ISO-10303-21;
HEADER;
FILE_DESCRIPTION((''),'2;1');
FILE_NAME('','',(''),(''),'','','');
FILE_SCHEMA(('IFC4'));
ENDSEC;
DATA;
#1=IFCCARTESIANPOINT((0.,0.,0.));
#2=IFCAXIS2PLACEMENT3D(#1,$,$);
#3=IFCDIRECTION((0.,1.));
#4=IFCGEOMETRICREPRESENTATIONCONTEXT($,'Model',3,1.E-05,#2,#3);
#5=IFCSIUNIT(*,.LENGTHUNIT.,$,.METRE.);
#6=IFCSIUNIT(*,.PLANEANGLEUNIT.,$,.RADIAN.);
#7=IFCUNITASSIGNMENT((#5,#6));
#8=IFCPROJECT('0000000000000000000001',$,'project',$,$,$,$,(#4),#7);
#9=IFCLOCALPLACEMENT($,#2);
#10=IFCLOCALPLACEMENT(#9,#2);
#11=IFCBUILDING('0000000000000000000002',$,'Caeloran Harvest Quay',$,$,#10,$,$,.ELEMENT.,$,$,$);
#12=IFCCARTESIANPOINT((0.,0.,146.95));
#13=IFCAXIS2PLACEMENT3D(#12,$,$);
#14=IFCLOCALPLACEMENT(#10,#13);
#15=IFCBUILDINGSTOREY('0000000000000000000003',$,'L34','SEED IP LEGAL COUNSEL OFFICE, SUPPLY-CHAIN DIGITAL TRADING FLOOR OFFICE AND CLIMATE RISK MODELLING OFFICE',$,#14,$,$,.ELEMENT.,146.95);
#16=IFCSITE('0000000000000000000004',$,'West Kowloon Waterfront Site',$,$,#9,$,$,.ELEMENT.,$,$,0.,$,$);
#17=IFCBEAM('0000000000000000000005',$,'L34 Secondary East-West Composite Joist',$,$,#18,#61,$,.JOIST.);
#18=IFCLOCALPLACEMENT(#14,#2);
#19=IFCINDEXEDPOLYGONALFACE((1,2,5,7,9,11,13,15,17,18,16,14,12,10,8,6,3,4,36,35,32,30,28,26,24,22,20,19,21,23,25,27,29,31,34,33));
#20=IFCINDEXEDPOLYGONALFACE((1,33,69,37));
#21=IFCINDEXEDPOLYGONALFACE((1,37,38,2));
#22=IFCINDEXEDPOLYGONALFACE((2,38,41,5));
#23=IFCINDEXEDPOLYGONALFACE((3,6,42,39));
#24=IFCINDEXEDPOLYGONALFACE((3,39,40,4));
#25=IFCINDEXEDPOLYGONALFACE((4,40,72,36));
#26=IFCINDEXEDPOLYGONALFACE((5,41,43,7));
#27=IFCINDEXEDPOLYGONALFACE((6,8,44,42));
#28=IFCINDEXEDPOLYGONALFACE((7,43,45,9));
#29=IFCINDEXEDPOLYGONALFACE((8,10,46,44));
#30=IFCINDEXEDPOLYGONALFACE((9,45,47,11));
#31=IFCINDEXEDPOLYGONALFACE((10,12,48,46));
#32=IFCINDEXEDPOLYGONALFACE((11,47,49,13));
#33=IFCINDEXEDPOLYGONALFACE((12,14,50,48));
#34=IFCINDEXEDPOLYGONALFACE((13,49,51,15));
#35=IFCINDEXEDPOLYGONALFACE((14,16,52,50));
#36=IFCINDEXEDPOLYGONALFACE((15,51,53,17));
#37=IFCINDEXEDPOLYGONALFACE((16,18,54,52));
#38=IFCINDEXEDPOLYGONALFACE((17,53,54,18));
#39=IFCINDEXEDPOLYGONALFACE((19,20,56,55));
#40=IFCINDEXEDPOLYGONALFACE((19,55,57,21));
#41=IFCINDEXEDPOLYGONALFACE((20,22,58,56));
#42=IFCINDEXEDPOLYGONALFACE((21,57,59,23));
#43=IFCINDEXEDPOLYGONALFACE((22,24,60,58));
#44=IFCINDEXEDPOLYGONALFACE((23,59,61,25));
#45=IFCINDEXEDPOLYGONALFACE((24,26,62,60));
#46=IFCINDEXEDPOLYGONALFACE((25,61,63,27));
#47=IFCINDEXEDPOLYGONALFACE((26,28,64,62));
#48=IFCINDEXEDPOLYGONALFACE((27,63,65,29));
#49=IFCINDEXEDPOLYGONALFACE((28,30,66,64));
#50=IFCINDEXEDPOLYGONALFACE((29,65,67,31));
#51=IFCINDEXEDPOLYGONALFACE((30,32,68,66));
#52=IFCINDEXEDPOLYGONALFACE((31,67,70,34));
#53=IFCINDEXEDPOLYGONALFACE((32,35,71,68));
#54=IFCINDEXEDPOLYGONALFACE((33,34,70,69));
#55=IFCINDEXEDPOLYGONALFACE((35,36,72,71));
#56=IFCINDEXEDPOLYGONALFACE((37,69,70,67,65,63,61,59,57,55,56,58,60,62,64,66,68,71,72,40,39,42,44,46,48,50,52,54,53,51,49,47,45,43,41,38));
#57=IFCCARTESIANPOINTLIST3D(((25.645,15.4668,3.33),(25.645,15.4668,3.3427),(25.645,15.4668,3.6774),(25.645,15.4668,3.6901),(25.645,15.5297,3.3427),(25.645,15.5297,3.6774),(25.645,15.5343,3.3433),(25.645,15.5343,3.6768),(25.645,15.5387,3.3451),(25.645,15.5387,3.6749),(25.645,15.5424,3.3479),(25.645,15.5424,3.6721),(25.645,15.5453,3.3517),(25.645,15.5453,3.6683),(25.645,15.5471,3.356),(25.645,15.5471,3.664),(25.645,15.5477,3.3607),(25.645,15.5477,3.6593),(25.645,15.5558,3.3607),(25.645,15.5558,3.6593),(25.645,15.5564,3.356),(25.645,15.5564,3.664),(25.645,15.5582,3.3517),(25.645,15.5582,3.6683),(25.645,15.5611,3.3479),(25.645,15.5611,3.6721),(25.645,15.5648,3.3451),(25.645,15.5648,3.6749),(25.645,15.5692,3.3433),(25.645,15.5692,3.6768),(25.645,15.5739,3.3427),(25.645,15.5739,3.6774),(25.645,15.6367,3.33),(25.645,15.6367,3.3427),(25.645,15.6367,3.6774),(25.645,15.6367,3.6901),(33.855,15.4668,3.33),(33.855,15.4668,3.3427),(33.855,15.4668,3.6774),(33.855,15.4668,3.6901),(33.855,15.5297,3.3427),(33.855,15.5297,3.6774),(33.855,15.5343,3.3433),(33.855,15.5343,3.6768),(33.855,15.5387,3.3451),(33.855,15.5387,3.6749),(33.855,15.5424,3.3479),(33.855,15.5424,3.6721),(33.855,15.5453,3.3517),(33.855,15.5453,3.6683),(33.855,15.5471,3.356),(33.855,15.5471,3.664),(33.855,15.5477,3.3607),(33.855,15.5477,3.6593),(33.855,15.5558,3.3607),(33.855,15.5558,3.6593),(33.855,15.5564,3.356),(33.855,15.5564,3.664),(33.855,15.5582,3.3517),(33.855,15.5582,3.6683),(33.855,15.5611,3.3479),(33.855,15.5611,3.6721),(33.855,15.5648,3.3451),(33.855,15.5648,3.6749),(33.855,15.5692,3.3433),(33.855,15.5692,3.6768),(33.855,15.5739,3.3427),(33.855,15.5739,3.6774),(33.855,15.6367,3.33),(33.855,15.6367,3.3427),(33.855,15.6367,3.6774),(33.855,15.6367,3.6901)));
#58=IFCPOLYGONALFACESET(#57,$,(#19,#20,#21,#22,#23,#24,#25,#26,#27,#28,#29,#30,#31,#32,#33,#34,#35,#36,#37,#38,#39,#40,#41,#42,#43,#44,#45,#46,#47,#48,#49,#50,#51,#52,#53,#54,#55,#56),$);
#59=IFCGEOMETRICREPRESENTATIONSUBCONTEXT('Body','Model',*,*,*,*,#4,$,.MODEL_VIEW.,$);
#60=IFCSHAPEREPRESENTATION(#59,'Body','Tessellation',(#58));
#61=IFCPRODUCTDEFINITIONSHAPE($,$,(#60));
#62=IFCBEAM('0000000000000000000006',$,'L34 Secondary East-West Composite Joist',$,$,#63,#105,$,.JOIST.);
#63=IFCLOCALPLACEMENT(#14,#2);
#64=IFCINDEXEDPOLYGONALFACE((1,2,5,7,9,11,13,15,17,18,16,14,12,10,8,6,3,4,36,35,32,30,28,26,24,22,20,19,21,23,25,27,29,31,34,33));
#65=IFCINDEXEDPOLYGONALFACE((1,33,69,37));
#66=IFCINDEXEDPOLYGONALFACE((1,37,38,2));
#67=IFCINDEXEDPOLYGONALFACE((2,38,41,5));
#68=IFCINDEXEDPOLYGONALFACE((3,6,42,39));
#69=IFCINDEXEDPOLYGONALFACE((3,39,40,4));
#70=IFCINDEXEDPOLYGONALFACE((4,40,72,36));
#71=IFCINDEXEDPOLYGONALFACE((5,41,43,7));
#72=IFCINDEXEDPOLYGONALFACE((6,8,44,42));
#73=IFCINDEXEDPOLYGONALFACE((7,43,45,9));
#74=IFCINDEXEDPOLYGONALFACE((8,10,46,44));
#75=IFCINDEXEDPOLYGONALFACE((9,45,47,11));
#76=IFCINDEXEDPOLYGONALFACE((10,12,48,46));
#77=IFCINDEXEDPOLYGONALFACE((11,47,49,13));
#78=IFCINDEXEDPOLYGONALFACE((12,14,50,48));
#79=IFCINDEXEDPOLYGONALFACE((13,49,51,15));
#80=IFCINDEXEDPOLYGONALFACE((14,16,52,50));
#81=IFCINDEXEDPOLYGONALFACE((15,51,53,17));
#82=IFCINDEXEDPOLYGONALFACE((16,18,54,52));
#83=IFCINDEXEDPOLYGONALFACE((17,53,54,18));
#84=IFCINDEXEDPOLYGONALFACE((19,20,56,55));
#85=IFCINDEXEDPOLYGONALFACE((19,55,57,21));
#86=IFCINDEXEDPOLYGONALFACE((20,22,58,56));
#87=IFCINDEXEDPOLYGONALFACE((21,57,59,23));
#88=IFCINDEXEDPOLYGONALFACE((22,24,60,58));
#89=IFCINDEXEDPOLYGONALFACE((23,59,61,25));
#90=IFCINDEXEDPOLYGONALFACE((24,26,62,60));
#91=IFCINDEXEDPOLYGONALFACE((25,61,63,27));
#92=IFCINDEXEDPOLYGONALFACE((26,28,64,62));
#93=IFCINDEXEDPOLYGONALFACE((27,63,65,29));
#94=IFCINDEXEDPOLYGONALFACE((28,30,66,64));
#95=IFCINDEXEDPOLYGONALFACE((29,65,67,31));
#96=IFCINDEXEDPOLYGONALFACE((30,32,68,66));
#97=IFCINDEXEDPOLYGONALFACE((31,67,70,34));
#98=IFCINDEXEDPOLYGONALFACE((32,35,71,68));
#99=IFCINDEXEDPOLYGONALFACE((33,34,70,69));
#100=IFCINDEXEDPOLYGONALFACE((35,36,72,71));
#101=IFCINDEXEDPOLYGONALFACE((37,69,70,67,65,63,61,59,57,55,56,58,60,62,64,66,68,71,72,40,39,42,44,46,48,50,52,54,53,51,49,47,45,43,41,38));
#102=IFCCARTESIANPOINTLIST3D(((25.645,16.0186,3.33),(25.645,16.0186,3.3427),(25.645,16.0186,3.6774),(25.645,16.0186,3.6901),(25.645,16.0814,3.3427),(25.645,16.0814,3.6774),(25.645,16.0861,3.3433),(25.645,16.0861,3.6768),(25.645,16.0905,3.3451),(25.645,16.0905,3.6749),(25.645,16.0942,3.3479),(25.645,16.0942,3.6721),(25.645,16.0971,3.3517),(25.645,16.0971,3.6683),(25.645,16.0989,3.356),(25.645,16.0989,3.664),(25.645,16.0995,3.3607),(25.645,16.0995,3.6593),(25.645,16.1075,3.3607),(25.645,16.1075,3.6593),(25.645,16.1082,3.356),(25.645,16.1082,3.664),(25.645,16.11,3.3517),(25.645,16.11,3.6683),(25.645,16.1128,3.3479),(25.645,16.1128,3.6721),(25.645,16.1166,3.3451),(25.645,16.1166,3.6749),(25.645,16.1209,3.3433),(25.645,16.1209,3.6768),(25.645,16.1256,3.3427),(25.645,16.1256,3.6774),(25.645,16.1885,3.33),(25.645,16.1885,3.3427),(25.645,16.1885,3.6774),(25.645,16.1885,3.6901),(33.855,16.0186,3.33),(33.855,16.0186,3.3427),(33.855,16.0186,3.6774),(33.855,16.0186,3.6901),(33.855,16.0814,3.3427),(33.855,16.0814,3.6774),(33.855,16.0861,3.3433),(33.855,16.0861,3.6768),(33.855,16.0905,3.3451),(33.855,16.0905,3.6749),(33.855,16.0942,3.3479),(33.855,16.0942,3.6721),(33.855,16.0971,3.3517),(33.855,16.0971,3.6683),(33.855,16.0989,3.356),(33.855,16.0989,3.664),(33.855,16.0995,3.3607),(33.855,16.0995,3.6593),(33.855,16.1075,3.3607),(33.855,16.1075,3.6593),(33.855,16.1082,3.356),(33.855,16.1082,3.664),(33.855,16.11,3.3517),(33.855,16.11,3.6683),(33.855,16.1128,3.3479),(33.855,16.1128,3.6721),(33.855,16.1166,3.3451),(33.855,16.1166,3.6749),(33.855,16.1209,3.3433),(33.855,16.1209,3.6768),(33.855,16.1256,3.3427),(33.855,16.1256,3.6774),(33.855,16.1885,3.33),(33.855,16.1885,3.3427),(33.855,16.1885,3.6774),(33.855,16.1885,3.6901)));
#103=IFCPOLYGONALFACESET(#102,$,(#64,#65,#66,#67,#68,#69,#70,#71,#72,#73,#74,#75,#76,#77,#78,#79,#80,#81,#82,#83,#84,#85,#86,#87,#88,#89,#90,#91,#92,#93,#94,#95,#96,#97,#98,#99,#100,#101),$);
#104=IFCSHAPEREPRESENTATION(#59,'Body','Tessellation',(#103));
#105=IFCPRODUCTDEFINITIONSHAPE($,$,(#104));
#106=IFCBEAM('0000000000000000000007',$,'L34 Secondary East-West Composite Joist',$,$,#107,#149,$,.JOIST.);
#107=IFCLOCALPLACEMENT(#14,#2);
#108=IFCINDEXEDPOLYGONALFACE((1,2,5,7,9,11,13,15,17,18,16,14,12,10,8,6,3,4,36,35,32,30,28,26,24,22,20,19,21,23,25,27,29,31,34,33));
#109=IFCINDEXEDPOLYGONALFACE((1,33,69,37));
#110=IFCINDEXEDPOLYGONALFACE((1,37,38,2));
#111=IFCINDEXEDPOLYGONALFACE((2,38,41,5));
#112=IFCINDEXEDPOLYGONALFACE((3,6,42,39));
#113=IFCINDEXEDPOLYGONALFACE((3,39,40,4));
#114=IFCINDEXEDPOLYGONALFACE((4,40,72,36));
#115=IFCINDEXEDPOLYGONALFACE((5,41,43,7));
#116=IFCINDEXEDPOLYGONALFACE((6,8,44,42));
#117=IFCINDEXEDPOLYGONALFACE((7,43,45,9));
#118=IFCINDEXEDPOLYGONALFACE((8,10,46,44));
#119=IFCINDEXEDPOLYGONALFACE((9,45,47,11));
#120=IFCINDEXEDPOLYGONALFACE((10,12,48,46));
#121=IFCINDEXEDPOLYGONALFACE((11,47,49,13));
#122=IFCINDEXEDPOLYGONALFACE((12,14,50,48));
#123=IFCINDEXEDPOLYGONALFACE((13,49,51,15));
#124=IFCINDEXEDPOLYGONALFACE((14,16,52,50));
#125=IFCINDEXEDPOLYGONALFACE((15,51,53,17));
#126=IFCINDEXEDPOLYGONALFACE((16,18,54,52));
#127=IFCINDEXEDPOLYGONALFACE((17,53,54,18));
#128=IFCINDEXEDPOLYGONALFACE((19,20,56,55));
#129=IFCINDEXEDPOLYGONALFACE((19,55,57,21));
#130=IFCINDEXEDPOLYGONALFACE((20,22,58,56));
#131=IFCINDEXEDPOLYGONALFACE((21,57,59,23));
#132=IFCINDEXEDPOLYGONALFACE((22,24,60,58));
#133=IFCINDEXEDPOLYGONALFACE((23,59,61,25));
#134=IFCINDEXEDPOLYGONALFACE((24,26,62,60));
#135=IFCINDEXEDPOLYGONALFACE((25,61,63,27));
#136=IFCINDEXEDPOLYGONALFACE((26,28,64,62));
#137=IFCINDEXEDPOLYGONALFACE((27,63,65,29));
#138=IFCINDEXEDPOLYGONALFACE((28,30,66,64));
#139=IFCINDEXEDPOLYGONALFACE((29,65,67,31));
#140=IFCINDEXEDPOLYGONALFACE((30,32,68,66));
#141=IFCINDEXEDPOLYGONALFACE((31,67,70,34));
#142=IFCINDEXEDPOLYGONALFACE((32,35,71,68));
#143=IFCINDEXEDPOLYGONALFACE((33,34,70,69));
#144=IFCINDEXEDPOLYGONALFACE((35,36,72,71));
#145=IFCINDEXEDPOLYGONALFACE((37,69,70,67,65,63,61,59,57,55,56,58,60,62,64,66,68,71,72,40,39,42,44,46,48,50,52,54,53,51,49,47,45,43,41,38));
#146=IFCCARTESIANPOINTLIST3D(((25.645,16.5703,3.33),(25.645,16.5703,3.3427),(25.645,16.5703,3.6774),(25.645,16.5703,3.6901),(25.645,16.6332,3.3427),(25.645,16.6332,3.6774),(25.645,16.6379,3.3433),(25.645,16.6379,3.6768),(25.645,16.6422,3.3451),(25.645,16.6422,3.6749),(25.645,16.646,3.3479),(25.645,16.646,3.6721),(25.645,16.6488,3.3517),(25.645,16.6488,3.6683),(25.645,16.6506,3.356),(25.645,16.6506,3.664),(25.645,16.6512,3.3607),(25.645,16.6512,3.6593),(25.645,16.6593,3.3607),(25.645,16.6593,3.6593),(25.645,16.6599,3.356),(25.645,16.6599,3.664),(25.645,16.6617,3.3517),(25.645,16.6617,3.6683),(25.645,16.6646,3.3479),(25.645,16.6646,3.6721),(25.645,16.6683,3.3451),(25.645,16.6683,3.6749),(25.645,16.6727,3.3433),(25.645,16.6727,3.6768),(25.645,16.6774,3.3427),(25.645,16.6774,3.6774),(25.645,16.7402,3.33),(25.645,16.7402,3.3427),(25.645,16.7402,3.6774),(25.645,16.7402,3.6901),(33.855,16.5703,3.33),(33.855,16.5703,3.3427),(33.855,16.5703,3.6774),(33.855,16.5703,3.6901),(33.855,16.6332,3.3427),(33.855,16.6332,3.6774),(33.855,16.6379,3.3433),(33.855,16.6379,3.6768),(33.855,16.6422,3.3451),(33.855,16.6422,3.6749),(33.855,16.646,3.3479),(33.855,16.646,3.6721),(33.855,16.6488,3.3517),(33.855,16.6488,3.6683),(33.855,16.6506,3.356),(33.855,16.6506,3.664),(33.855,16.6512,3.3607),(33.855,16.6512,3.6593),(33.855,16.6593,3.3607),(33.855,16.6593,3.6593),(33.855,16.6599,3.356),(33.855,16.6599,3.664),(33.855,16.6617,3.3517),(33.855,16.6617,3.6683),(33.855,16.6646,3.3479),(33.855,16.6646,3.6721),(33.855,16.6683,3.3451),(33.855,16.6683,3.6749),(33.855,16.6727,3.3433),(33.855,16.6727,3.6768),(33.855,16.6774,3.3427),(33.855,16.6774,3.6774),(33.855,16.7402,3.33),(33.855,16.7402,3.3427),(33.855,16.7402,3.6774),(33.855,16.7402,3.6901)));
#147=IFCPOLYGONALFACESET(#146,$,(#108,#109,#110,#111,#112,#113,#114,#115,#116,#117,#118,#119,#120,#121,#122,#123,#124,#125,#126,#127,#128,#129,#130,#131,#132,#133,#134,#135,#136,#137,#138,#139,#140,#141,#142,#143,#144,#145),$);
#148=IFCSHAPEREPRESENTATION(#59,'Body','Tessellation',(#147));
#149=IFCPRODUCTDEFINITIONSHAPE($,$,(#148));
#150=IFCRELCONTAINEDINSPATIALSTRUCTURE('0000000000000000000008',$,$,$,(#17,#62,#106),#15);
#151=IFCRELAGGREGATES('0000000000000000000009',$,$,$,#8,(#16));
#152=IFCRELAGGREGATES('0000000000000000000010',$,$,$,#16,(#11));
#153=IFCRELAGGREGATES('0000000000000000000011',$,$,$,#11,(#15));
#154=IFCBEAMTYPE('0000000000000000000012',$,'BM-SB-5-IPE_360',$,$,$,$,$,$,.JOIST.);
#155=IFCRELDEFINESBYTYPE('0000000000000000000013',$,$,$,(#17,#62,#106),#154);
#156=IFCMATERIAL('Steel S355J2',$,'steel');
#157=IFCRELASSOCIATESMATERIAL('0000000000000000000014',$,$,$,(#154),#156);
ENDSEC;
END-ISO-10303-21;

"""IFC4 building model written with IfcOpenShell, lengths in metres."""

from ifc_helpers import new_model, si_unit, direction, frame, origin, origin_2d, place, context, subcontext, project, spatial, i_section, extrude, material, material_profile, profile_set, type_object, element, save


model = new_model("IFC4")

# Units and contexts
model_context = context("Model", 3, precision=1e-05, world=origin(), true_north=direction((0.0, 1.0)))
body_context = subcontext(model_context, "Body", "Model", "MODEL_VIEW")
ifc_project = project(units=[si_unit("LENGTHUNIT", "METRE"), si_unit("PLANEANGLEUNIT", "RADIAN")], contexts=[model_context])

# Site, building, storey
site_placement = place(None, origin())
site = spatial("IfcSite", under=ifc_project, at=site_placement, Name="West Kowloon Waterfront Site", CompositionType="ELEMENT", RefElevation=0.0)
building_placement = place(site_placement, origin())
building = spatial("IfcBuilding", under=site, at=building_placement, Name="Caeloran Harvest Quay", CompositionType="ELEMENT")
storey_placement = place(building_placement, frame((0.0, 0.0, 146.95)))
storey = spatial("IfcBuildingStorey", under=building, at=storey_placement, Name="L34", Description="SEED IP LEGAL COUNSEL OFFICE, SUPPLY-CHAIN DIGITAL TRADING FLOOR OFFICE AND CLIMATE RISK MODELLING OFFICE", CompositionType="ELEMENT", Elevation=146.95)

# Beams
ifc_material_1 = material(Name="Steel S355J2", Category="steel")
ifc_material_profile_1 = material_profile(ifc_material_1, i_section(OverallWidth=0.1699, OverallDepth=0.3601, WebThickness=0.0081, FlangeThickness=0.0127, FilletRadius=0.0181, at=origin_2d()), Name="IPE 360")
ifc_profile_set_1 = profile_set([ifc_material_profile_1], Name="Steel S355J2")
beam_type_1 = type_object("IfcBeamType", Name="BM-SB-5-IPE_360", PredefinedType="JOIST", material=ifc_profile_set_1)
for number, where, z_axis, x_axis, name in (
    (1, (25.645, 15.5518, 3.51), (1.0, 0.0, 0.0), (0.0, 1.0, 0.0), "L34 Secondary East-West Composite Joist"),
    (2, (25.645, 16.1035, 3.51), (1.0, 0.0, 0.0), (0.0, 1.0, 0.0), "L34 Secondary East-West Composite Joist"),
    (3, (25.645, 16.6553, 3.51), (1.0, 0.0, 0.0), (0.0, 1.0, 0.0), "L34 Secondary East-West Composite Joist"),
):
    element("IfcBeam", number, at=place(storey_placement, frame(where, z_axis=z_axis, x_axis=x_axis)), inside=storey, type_object=beam_type_1, Name=name, PredefinedType="JOIST", context=body_context, shape_type="SweptSolid", body=[
        extrude(i_section(OverallWidth=0.1699, OverallDepth=0.3601, WebThickness=0.0081, FlangeThickness=0.0127, FilletRadius=0.0181, at=origin_2d()), origin(), (0.0, 0.0, 1.0), 8.21),
    ])

save(model, "model.ifc")
